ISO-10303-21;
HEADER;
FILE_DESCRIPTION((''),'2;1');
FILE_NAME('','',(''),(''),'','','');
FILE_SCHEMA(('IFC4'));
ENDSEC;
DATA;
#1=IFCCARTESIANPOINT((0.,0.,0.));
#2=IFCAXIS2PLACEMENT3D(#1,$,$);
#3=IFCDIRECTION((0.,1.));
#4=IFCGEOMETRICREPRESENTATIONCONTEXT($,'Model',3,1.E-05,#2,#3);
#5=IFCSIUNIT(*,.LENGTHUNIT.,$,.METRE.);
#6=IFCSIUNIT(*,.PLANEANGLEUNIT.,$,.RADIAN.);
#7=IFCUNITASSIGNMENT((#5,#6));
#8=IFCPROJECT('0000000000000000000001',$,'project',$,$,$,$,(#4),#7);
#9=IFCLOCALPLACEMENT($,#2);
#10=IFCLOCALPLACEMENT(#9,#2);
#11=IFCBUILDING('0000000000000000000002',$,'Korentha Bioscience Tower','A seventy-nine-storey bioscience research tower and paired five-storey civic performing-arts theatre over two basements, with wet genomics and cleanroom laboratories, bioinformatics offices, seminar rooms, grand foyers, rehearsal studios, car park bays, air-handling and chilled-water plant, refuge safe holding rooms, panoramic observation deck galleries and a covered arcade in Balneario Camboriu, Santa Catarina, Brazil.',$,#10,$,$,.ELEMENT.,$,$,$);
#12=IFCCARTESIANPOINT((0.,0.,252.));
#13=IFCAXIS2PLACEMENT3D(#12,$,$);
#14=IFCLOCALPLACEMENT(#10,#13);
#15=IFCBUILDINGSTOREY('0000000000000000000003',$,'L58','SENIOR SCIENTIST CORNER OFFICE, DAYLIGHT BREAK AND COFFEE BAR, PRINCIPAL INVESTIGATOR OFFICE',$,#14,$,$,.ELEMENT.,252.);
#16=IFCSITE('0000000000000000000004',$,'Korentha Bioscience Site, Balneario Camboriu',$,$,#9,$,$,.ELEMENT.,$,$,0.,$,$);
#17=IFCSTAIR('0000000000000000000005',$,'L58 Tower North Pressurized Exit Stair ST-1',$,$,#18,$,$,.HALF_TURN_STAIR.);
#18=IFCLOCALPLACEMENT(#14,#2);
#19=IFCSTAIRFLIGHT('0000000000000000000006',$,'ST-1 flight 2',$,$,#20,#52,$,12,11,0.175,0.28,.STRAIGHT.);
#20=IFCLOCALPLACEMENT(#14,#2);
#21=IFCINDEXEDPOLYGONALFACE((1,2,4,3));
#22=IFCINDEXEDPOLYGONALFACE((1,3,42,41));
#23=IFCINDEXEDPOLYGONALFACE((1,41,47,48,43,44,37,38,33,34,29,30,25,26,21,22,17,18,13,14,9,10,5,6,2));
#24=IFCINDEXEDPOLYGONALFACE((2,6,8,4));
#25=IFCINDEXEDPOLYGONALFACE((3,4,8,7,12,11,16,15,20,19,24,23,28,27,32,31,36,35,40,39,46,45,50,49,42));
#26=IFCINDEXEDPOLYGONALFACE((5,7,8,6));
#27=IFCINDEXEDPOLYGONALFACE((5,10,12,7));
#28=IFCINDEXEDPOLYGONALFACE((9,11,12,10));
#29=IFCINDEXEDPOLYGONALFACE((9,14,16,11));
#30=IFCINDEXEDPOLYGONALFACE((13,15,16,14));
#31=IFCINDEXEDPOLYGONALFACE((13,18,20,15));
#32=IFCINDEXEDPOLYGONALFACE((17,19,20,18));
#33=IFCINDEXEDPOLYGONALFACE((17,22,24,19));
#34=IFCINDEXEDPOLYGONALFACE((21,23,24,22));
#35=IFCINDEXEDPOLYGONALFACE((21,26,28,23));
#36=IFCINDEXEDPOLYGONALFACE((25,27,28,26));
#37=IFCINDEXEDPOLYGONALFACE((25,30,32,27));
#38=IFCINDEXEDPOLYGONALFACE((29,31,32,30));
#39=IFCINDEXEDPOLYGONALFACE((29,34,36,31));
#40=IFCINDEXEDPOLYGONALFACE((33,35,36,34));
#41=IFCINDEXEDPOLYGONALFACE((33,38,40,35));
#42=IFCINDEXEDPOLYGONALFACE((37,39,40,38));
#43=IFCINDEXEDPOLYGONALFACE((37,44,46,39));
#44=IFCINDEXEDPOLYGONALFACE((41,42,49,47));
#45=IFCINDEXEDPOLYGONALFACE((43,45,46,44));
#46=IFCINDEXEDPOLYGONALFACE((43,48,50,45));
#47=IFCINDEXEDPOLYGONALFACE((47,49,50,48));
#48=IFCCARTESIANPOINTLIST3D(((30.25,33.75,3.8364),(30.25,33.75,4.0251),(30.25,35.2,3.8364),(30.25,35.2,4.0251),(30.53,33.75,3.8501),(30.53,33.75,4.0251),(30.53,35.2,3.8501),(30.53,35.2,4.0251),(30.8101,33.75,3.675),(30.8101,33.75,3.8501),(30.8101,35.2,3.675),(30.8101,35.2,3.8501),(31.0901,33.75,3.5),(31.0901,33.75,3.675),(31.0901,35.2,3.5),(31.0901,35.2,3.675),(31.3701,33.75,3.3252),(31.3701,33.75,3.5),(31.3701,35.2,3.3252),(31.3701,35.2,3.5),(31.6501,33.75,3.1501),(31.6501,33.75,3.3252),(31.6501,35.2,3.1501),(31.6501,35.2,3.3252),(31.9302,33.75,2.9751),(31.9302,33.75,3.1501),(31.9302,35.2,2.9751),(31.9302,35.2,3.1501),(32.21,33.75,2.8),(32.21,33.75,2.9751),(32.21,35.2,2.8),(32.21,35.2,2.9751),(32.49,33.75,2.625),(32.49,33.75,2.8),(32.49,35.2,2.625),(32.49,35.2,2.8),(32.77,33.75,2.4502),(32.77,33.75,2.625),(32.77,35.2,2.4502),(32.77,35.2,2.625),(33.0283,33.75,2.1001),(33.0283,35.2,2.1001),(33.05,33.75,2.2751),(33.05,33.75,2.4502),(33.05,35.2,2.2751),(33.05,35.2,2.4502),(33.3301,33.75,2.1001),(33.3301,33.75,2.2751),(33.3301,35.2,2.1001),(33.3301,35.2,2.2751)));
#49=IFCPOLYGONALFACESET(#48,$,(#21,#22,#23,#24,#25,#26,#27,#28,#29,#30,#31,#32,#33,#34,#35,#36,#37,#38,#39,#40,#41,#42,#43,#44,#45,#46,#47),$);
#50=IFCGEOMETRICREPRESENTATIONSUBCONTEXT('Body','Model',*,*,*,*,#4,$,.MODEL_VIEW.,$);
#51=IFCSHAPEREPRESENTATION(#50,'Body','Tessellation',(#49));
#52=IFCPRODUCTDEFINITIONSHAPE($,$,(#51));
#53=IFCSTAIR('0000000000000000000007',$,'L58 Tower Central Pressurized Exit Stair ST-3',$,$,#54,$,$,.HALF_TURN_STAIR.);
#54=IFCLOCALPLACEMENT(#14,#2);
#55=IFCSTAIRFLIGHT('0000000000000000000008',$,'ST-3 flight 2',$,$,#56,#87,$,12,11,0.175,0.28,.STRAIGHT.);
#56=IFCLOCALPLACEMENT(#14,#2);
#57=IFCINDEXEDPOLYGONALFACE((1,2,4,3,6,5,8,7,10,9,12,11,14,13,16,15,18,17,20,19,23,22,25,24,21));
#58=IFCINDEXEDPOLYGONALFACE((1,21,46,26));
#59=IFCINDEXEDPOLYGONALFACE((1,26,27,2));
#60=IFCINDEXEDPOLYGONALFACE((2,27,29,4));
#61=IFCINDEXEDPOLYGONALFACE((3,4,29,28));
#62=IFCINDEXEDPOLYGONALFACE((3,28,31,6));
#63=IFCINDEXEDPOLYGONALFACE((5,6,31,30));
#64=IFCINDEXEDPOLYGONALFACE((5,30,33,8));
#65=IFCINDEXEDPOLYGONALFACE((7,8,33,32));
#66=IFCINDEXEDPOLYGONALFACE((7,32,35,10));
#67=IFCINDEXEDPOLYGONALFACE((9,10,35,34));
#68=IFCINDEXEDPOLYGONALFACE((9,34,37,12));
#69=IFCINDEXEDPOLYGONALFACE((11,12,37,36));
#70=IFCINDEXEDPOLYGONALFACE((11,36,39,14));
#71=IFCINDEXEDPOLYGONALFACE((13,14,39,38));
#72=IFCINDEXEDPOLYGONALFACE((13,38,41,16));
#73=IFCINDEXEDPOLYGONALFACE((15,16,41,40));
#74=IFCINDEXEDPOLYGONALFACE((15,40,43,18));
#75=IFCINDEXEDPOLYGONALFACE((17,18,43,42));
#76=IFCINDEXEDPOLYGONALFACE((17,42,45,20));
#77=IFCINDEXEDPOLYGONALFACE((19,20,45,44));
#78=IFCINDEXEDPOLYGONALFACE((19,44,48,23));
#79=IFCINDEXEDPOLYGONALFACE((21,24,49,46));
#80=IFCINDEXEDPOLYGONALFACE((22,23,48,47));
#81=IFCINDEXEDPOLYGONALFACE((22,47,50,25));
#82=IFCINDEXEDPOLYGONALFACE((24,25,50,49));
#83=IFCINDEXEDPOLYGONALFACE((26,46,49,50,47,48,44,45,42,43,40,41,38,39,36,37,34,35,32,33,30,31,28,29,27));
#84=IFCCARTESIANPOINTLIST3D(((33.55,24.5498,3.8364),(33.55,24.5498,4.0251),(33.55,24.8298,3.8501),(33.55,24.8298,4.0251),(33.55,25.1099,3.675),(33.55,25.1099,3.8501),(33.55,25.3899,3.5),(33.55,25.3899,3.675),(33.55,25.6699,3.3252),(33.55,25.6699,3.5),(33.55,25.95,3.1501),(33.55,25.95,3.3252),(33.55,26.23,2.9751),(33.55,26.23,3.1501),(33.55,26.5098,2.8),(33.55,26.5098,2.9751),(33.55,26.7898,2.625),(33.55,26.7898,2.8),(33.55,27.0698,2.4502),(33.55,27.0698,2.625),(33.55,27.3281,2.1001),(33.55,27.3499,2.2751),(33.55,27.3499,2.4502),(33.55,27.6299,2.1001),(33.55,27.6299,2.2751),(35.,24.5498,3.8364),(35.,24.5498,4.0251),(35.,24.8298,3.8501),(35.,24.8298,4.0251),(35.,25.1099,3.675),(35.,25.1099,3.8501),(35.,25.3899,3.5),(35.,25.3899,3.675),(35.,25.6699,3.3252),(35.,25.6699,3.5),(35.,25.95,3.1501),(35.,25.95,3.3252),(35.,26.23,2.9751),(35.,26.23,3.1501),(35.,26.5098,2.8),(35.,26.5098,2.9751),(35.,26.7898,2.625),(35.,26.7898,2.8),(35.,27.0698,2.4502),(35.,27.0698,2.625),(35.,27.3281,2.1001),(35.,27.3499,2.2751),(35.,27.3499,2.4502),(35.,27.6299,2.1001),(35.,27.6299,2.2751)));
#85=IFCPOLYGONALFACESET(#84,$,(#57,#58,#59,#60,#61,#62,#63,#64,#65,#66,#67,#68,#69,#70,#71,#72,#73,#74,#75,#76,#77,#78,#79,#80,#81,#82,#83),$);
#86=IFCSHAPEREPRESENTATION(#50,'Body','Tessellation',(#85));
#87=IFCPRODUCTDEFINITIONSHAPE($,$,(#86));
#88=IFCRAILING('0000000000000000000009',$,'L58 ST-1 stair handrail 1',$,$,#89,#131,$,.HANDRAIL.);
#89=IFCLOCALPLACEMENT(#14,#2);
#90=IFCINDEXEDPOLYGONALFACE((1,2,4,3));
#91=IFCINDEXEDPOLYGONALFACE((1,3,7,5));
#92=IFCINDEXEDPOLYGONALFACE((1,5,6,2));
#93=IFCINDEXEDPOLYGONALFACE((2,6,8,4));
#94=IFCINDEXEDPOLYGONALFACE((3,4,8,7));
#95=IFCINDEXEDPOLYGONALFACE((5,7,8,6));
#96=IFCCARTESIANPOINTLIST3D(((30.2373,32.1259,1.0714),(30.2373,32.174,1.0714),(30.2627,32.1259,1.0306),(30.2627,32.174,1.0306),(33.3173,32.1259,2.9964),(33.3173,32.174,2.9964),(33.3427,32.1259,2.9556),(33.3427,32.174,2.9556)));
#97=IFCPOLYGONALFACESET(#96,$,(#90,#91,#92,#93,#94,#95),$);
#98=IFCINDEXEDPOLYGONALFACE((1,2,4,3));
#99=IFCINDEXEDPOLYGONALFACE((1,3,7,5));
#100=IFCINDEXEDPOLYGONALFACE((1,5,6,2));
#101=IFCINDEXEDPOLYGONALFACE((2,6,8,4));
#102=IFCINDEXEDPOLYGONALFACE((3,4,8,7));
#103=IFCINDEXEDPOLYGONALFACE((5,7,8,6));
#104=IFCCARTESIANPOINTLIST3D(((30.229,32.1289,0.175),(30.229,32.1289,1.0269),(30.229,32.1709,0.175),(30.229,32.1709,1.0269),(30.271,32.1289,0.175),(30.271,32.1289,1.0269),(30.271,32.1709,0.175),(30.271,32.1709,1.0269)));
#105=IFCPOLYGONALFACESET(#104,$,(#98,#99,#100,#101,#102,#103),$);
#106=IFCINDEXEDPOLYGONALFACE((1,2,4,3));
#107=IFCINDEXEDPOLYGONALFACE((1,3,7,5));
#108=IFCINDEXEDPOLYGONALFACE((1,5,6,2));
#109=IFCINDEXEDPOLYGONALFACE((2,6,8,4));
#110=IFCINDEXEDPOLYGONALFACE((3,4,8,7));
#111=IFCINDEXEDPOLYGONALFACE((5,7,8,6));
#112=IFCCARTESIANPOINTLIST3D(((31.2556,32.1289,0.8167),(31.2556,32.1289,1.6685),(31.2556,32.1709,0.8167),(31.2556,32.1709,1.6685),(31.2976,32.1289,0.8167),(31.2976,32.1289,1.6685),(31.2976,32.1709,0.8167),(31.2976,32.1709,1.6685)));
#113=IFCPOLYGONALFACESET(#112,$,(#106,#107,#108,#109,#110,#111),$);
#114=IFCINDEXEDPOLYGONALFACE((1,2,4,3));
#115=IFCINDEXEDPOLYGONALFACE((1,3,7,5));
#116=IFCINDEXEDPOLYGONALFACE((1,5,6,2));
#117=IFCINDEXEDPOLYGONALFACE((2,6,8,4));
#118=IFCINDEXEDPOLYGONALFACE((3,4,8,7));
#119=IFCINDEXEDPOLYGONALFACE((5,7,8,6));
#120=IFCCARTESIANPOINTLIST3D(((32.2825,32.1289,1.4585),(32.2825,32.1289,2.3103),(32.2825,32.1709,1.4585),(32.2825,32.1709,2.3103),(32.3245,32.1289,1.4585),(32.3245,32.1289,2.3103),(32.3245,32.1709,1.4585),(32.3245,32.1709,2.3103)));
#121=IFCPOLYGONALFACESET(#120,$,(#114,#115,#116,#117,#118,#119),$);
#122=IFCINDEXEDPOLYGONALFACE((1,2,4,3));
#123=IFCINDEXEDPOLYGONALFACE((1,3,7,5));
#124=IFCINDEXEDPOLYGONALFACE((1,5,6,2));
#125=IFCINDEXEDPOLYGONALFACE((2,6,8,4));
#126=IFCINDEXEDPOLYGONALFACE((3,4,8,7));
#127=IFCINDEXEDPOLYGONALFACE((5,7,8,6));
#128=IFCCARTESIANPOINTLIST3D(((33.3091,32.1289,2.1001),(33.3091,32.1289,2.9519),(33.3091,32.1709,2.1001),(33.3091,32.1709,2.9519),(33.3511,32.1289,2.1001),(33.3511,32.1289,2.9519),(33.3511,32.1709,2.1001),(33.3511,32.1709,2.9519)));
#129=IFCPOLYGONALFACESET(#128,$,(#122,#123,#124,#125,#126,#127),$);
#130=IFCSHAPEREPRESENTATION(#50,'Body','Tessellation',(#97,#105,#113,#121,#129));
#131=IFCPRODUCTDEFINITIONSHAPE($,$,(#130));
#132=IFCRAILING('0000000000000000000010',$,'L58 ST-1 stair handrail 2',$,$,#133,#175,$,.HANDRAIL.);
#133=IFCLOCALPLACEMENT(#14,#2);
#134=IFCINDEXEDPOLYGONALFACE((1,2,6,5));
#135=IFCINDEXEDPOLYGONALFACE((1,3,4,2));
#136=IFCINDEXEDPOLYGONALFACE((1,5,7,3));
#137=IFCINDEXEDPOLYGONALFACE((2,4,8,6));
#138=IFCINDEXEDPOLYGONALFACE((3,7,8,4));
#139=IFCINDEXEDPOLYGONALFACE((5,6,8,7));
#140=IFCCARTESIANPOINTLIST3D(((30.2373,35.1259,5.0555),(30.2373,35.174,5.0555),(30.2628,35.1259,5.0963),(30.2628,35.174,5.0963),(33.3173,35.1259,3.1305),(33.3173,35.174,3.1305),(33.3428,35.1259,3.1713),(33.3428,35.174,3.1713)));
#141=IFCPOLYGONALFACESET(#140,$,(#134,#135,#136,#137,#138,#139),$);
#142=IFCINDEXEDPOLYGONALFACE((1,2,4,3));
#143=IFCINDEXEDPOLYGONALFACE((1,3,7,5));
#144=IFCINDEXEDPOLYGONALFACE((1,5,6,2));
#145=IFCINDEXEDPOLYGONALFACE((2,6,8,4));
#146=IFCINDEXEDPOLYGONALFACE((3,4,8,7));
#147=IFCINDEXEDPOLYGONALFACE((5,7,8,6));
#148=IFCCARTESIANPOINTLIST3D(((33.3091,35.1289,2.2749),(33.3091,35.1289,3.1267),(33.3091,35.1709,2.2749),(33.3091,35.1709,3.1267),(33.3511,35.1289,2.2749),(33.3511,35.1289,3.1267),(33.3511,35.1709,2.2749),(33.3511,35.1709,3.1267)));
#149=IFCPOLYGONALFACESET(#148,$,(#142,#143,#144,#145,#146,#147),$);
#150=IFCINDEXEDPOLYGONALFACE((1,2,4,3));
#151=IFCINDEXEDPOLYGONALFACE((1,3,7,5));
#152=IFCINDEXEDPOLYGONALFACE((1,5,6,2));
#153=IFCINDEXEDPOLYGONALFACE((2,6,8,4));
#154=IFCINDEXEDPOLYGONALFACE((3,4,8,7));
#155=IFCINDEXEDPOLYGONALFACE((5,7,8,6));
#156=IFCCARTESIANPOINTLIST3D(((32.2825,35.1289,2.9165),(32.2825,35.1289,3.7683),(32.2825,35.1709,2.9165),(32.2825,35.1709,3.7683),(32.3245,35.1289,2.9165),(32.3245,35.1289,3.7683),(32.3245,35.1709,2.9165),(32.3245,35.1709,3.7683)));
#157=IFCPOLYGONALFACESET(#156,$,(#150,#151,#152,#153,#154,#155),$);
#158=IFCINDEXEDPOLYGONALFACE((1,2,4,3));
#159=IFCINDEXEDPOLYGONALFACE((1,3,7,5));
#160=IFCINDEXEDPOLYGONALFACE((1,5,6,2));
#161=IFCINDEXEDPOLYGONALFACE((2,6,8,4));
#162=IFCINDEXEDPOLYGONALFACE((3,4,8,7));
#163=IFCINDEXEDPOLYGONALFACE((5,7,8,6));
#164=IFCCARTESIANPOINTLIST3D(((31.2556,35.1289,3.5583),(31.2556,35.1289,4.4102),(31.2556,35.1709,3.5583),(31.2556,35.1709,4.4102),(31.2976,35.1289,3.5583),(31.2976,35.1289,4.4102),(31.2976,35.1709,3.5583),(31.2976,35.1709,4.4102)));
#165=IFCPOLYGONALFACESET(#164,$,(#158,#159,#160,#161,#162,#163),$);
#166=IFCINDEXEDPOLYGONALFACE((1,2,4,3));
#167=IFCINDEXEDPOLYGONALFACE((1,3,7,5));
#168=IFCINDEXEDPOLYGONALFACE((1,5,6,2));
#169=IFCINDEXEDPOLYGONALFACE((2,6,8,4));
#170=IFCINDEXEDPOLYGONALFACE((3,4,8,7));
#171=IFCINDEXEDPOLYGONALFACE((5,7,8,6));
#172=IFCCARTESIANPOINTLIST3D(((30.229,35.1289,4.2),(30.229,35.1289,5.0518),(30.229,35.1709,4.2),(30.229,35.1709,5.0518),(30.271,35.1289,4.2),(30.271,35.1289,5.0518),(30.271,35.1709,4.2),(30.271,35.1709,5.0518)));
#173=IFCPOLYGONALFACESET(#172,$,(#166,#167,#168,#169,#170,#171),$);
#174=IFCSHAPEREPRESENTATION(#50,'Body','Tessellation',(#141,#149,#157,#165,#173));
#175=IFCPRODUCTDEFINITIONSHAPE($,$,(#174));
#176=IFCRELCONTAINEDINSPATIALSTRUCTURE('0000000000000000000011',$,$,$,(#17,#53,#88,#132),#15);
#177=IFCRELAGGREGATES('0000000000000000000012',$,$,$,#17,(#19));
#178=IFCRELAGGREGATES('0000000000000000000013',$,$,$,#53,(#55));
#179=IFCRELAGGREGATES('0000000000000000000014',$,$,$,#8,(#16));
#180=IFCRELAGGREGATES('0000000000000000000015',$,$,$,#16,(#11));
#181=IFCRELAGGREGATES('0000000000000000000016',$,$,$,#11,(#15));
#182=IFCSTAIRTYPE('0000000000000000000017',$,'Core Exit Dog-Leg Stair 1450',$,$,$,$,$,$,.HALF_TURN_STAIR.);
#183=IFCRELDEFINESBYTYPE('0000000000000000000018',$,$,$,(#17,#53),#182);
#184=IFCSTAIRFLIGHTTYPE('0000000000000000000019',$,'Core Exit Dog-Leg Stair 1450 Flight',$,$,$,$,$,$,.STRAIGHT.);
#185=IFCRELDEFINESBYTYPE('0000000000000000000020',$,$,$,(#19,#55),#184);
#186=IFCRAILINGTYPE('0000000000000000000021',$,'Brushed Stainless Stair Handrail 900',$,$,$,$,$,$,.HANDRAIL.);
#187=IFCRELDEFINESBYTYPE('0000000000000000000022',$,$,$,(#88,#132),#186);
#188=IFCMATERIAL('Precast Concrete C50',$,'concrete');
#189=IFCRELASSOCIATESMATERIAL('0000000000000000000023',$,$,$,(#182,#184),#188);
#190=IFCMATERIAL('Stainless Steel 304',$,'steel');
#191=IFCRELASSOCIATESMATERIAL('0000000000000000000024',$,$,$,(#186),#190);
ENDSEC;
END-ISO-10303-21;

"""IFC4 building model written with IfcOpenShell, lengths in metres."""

from ifc_helpers import new_model, si_unit, direction, frame, origin, origin_2d, place, context, subcontext, project, spatial, polyline, rectangle, outline, extrude, material, type_object, element, aggregate, save


model = new_model("IFC4")

# Units and contexts
model_context = context("Model", 3, precision=1e-05, world=origin(), true_north=direction((0.0, 1.0)))
body_context = subcontext(model_context, "Body", "Model", "MODEL_VIEW")
ifc_project = project(units=[si_unit("LENGTHUNIT", "METRE"), si_unit("PLANEANGLEUNIT", "RADIAN")], contexts=[model_context])

# Site, building, storey
site_placement = place(None, origin())
site = spatial("IfcSite", under=ifc_project, at=site_placement, Name="Korentha Bioscience Site, Balneario Camboriu", CompositionType="ELEMENT", RefElevation=0.0)
building_placement = place(site_placement, origin())
building = spatial("IfcBuilding", under=site, at=building_placement, Name="Korentha Bioscience Tower", Description="A seventy-nine-storey bioscience research tower and paired five-storey civic performing-arts theatre over two basements, with wet genomics and cleanroom laboratories, bioinformatics offices, seminar rooms, grand foyers, rehearsal studios, car park bays, air-handling and chilled-water plant, refuge safe holding rooms, panoramic observation deck galleries and a covered arcade in Balneario Camboriu, Santa Catarina, Brazil.", CompositionType="ELEMENT")
storey_placement = place(building_placement, frame((0.0, 0.0, 252.0)))
storey = spatial("IfcBuildingStorey", under=building, at=storey_placement, Name="L58", Description="SENIOR SCIENTIST CORNER OFFICE, DAYLIGHT BREAK AND COFFEE BAR, PRINCIPAL INVESTIGATOR OFFICE", CompositionType="ELEMENT", Elevation=252.0)

# Stair, stair flight
ifc_material_1 = material(Name="Precast Concrete C50", Category="concrete")
stair_type = type_object("IfcStairType", Name="Core Exit Dog-Leg Stair 1450", PredefinedType="HALF_TURN_STAIR", material=ifc_material_1)
stair_1_placement = place(storey_placement, origin())
stair_1 = element("IfcStair", 1, at=stair_1_placement, inside=storey, type_object=stair_type, Name="L58 Tower North Pressurized Exit Stair ST-1", PredefinedType="HALF_TURN_STAIR")
stair_flight_type = type_object("IfcStairFlightType", Name="Core Exit Dog-Leg Stair 1450 Flight", PredefinedType="STRAIGHT", material=ifc_material_1)
stair_flight_1_placement = place(storey_placement, frame((33.3301, 34.4751, 2.1001), z_axis=(0.0, 0.0, 1.0), x_axis=(-1.0, 0.0, 0.0)))
stair_flight_1 = element("IfcStairFlight", 2, at=stair_flight_1_placement, type_object=stair_flight_type, Name="ST-1 flight 2", NumberOfRisers=12, NumberOfTreads=11, PredefinedType="STRAIGHT", RiserHeight=0.175, TreadLength=0.28, context=body_context, shape_type="SweptSolid", body=[
    extrude(outline(polyline([(0.0, 0.0), (0.0, 0.175), (0.28, 0.175), (0.28, 0.3501), (0.5601, 0.3501), (0.5601, 0.5249), (0.8401, 0.5249), (0.8401, 0.7), (1.1201, 0.7), (1.1201, 0.875), (1.3999, 0.875), (1.3999, 1.05), (1.6799, 1.05), (1.6799, 1.2251), (1.96, 1.2251), (1.96, 1.3999), (2.24, 1.3999), (2.24, 1.575), (2.52, 1.575), (2.52, 1.75), (2.8, 1.75), (2.8, 1.925), (3.0801, 1.925), (3.0801, 2.1001), (3.0801, 1.7363), (0.3018, 0.0), (0.0, 0.0)])), frame((0.0, 0.7251, 0.0), z_axis=(0.0, -1.0, 0.0), x_axis=(1.0, 0.0, 0.0)), (0.0, 0.0, 1.0), 1.45),
])
aggregate(stair_1, [stair_flight_1])

# Stair, stair flight
stair_2_placement = place(storey_placement, origin())
stair_2 = element("IfcStair", 3, at=stair_2_placement, inside=storey, type_object=stair_type, Name="L58 Tower Central Pressurized Exit Stair ST-3", PredefinedType="HALF_TURN_STAIR")
stair_flight_2_placement = place(storey_placement, frame((34.2749, 27.6299, 2.1001), z_axis=(0.0, 0.0, 1.0), x_axis=(0.0, -1.0, 0.0)))
stair_flight_2 = element("IfcStairFlight", 4, at=stair_flight_2_placement, type_object=stair_flight_type, Name="ST-3 flight 2", NumberOfRisers=12, NumberOfTreads=11, PredefinedType="STRAIGHT", RiserHeight=0.175, TreadLength=0.28, context=body_context, shape_type="SweptSolid", body=[
    extrude(outline(polyline([(0.0, 0.0), (0.0, 0.175), (0.28, 0.175), (0.28, 0.3501), (0.5601, 0.3501), (0.5601, 0.5249), (0.8401, 0.5249), (0.8401, 0.7), (1.1201, 0.7), (1.1201, 0.875), (1.3999, 0.875), (1.3999, 1.05), (1.6799, 1.05), (1.6799, 1.2251), (1.96, 1.2251), (1.96, 1.3999), (2.24, 1.3999), (2.24, 1.575), (2.52, 1.575), (2.52, 1.75), (2.8, 1.75), (2.8, 1.925), (3.0801, 1.925), (3.0801, 2.1001), (3.0801, 1.7363), (0.3018, 0.0), (0.0, 0.0)])), frame((0.0, 0.7251, 0.0), z_axis=(0.0, -1.0, 0.0), x_axis=(1.0, 0.0, 0.0)), (0.0, 0.0, 1.0), 1.45),
])
aggregate(stair_2, [stair_flight_2])

# Railings
ifc_material_2 = material(Name="Stainless Steel 304", Category="steel")
railing_type_1 = type_object("IfcRailingType", Name="Brushed Stainless Stair Handrail 900", PredefinedType="HANDRAIL", material=ifc_material_2)
railing_1_placement = place(storey_placement, frame((30.25, 32.1499, 0.175)))
element("IfcRailing", 5, at=railing_1_placement, inside=storey, type_object=railing_type_1, Name="L58 ST-1 stair handrail 1", PredefinedType="HANDRAIL", context=body_context, shape_type="SweptSolid", body=[
    extrude(rectangle(XDim=0.0481, YDim=0.0481, at=origin_2d()), frame((0.0, 0.0, 0.876), z_axis=(0.847998, 0.0, 0.529999), x_axis=(0.0, 1.0, 0.0)), (0.0, 0.0, 1.0), 3.6321),
    extrude(rectangle(XDim=0.042, YDim=0.042, at=origin_2d()), origin(), (0.0, 0.0, 1.0), 0.8518),
    extrude(rectangle(XDim=0.042, YDim=0.042, at=origin_2d()), frame((1.0266, 0.0, 0.6416)), (0.0, 0.0, 1.0), 0.8518),
    extrude(rectangle(XDim=0.042, YDim=0.042, at=origin_2d()), frame((2.0535, 0.0, 1.2834)), (0.0, 0.0, 1.0), 0.8518),
    extrude(rectangle(XDim=0.042, YDim=0.042, at=origin_2d()), frame((3.0801, 0.0, 1.925)), (0.0, 0.0, 1.0), 0.8518),
])
railing_2_placement = place(storey_placement, frame((33.3301, 35.1499, 2.2749)))
element("IfcRailing", 6, at=railing_2_placement, inside=storey, type_object=railing_type_1, Name="L58 ST-1 stair handrail 2", PredefinedType="HANDRAIL", context=body_context, shape_type="SweptSolid", body=[
    extrude(rectangle(XDim=0.0481, YDim=0.0481, at=origin_2d()), frame((0.0, 0.0, 0.876), z_axis=(-0.847998, 0.0, 0.529999), x_axis=(0.0, -1.0, 0.0)), (0.0, 0.0, 1.0), 3.6321),
    extrude(rectangle(XDim=0.042, YDim=0.042, at=origin_2d()), origin(), (0.0, 0.0, 1.0), 0.8518),
    extrude(rectangle(XDim=0.042, YDim=0.042, at=origin_2d()), frame((-1.0266, 0.0, 0.6416)), (0.0, 0.0, 1.0), 0.8518),
    extrude(rectangle(XDim=0.042, YDim=0.042, at=origin_2d()), frame((-2.0535, 0.0, 1.2834)), (0.0, 0.0, 1.0), 0.8518),
    extrude(rectangle(XDim=0.042, YDim=0.042, at=origin_2d()), frame((-3.0801, 0.0, 1.925)), (0.0, 0.0, 1.0), 0.8518),
])

save(model, "model.ifc")
